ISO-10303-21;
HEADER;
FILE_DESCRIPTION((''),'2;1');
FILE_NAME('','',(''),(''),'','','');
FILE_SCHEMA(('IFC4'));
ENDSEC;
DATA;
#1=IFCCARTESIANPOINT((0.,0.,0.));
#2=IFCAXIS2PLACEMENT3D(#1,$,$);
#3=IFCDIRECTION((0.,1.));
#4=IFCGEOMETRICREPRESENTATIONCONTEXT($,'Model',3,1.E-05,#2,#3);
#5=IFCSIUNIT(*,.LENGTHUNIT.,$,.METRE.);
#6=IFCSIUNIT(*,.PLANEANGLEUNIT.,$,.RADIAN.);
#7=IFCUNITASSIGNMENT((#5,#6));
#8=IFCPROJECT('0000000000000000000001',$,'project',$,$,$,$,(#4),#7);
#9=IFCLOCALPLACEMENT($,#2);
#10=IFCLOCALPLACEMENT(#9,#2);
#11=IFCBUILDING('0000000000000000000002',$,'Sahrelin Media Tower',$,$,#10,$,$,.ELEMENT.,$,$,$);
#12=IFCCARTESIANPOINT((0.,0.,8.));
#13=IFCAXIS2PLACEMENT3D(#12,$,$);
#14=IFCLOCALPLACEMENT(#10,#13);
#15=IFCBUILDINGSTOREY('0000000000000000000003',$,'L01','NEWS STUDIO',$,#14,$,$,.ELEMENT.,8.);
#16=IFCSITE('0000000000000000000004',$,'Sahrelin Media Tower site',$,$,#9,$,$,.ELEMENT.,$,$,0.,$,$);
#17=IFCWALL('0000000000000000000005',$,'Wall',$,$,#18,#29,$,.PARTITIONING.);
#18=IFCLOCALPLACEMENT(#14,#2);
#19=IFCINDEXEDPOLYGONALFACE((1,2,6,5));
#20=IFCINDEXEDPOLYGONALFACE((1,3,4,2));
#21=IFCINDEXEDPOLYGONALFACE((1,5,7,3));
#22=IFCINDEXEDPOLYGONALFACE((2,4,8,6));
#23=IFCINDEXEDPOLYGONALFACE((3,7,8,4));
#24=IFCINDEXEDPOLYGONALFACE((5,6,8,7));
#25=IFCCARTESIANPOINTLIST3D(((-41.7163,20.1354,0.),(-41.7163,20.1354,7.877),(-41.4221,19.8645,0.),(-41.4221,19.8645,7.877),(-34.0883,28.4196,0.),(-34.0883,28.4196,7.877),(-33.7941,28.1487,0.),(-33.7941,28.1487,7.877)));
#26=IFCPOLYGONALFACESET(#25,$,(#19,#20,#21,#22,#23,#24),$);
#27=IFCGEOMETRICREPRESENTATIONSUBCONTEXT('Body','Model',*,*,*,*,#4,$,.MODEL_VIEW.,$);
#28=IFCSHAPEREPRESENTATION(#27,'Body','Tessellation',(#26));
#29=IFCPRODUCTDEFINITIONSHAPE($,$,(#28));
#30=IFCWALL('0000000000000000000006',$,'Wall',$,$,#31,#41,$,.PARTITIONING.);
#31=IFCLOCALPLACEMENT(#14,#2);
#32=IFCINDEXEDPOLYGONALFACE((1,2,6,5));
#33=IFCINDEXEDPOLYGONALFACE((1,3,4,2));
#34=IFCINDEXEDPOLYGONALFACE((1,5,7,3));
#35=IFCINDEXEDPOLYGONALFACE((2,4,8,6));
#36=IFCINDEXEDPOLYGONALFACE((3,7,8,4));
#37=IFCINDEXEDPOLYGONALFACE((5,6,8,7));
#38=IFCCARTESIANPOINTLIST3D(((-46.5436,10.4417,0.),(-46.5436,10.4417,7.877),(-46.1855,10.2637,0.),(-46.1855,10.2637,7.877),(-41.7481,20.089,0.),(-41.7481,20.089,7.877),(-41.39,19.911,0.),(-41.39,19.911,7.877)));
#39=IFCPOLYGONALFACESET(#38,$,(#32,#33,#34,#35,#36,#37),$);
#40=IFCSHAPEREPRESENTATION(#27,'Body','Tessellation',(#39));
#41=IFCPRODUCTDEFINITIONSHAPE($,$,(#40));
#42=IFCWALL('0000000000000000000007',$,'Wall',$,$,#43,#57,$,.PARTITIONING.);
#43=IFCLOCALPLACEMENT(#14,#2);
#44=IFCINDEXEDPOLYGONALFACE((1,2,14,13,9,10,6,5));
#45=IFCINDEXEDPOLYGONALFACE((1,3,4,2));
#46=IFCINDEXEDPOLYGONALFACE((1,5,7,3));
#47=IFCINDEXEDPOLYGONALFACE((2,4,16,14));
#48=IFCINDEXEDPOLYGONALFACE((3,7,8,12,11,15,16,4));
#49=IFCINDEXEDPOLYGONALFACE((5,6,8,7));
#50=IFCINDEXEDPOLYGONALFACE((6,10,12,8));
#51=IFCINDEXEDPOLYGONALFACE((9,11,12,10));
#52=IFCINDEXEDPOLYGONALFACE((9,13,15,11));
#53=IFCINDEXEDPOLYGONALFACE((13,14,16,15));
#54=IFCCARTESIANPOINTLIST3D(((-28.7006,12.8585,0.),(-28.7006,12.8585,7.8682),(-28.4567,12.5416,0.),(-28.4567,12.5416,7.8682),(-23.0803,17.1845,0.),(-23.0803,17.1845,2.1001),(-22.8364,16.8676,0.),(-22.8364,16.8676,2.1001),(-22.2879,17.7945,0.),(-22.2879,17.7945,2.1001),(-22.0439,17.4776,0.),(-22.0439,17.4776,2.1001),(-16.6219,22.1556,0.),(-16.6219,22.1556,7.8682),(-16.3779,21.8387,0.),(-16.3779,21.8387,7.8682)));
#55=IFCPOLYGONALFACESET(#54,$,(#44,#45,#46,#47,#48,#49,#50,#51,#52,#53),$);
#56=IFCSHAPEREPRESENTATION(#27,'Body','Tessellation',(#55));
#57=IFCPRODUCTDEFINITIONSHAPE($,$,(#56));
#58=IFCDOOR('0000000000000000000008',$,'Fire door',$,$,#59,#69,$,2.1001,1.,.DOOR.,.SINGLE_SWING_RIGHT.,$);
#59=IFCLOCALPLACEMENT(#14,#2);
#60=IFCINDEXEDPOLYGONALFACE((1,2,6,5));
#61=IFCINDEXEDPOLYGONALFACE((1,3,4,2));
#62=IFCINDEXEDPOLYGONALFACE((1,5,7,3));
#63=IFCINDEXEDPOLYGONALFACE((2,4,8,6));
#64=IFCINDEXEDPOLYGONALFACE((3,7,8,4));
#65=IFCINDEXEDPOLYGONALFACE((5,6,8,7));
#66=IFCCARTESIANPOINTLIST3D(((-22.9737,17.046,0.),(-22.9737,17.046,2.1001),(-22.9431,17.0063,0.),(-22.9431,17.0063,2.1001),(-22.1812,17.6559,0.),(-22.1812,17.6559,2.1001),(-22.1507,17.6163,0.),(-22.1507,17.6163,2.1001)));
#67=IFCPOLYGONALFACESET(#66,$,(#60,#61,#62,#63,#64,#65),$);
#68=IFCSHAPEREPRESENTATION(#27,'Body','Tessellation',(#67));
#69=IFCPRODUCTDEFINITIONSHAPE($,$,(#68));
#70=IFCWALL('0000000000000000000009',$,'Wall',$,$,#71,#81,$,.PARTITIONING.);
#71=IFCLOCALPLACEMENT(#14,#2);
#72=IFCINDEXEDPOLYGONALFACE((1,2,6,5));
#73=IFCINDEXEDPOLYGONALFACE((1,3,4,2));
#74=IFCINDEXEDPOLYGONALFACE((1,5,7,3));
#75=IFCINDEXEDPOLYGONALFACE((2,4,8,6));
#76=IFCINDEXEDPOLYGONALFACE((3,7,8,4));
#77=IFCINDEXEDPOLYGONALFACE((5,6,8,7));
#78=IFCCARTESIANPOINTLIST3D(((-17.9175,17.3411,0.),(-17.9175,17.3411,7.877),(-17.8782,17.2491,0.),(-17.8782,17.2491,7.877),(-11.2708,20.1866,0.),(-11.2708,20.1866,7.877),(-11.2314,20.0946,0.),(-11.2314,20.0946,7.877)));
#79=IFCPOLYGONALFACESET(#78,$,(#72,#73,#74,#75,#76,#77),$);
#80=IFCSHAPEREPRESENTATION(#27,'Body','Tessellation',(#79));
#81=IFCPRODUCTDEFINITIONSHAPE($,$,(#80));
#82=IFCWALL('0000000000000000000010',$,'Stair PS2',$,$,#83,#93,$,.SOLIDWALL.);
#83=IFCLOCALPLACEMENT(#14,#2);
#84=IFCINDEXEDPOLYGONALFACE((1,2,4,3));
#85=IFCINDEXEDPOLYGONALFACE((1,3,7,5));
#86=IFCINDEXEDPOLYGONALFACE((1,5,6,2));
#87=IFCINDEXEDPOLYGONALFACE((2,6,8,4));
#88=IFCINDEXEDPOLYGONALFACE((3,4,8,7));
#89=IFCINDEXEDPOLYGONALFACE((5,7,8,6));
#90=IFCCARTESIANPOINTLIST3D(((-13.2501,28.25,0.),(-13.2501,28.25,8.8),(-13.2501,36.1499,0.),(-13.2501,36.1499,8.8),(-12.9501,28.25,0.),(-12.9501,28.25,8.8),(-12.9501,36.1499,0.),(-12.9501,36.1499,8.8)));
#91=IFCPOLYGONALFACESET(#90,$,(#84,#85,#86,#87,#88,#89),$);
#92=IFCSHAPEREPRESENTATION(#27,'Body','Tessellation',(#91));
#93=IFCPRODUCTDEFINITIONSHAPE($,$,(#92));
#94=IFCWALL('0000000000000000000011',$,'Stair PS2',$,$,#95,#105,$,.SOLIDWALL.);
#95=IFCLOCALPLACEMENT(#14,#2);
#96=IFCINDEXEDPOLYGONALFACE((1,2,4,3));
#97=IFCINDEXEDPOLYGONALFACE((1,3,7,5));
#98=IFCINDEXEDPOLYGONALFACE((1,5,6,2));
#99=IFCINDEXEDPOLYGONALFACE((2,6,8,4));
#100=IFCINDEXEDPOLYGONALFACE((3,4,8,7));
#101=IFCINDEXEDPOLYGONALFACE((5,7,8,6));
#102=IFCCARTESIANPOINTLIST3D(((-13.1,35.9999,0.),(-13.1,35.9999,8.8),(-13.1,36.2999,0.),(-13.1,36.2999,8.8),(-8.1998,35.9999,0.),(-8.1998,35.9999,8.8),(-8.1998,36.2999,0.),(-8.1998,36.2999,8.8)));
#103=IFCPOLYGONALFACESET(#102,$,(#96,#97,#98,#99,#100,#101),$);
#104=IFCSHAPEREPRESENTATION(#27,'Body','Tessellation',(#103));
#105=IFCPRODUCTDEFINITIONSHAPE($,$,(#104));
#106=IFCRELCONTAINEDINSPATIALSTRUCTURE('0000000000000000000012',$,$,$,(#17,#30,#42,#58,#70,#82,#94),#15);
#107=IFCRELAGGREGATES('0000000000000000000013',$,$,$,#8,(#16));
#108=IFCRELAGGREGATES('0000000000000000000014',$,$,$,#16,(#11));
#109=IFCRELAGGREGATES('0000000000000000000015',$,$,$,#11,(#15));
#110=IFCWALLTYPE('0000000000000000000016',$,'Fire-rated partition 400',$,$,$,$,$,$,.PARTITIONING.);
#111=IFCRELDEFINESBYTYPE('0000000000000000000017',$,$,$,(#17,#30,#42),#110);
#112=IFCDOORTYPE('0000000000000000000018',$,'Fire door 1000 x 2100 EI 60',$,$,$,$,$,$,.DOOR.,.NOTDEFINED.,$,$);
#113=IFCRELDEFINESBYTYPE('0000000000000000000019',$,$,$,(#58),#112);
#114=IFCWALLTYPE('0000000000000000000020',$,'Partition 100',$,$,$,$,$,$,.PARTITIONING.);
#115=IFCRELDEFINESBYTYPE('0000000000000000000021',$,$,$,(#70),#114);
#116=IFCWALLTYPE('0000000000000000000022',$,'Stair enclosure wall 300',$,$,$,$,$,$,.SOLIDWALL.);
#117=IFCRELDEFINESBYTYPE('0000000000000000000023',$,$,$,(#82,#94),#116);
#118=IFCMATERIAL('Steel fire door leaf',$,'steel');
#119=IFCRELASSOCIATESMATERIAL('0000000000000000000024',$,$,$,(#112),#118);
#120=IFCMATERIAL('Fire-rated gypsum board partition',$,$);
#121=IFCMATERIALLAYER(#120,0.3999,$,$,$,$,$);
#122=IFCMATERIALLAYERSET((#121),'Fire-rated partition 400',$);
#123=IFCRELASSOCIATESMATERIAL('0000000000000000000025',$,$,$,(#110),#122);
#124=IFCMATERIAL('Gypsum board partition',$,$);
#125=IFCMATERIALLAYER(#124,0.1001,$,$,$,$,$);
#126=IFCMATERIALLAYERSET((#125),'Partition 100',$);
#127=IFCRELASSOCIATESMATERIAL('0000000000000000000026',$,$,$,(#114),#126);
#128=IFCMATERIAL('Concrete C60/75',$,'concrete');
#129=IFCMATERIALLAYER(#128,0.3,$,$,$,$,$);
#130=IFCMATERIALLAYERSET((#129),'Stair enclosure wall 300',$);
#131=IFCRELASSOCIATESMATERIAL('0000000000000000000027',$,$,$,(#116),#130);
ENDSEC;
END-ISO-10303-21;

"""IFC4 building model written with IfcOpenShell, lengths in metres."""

from ifc_helpers import new_model, si_unit, direction, frame, frame_2d, origin, place, context, subcontext, project, spatial, rectangle, extrude, material, layer, layer_set, type_object, element, fill, save


model = new_model("IFC4")

# Units and contexts
model_context = context("Model", 3, precision=1e-05, world=origin(), true_north=direction((0.0, 1.0)))
body_context = subcontext(model_context, "Body", "Model", "MODEL_VIEW")
ifc_project = project(units=[si_unit("LENGTHUNIT", "METRE"), si_unit("PLANEANGLEUNIT", "RADIAN")], contexts=[model_context])

# Site, building, storey
site_placement = place(None, origin())
site = spatial("IfcSite", under=ifc_project, at=site_placement, Name="Sahrelin Media Tower site", CompositionType="ELEMENT", RefElevation=0.0)
building_placement = place(site_placement, origin())
building = spatial("IfcBuilding", under=site, at=building_placement, Name="Sahrelin Media Tower", CompositionType="ELEMENT")
storey_placement = place(building_placement, frame((0.0, 0.0, 8.0)))
storey = spatial("IfcBuildingStorey", under=building, at=storey_placement, Name="L01", Description="NEWS STUDIO", CompositionType="ELEMENT", Elevation=8.0)

# Shared definitions
ifc_material_1 = material(Name="Fire-rated gypsum board partition")
ifc_material_2 = material(Name="Steel fire door leaf", Category="steel")
door_type = type_object("IfcDoorType", Name="Fire door 1000 x 2100 EI 60", OperationType="NOTDEFINED", PredefinedType="DOOR", material=ifc_material_2)

# Walls
ifc_layer_1 = layer(ifc_material_1, 0.3999)
ifc_layer_set_1 = layer_set([ifc_layer_1], Name="Fire-rated partition 400")
wall_type_1 = type_object("IfcWallType", Name="Fire-rated partition 400", PredefinedType="PARTITIONING", material=ifc_layer_set_1)
wall_1_placement = place(storey_placement, frame((-33.9412, 28.2842, 0.0), z_axis=(0.0, 0.0, 1.0), x_axis=(-0.677368, -0.735644, 0.0)))
element("IfcWall", 1, at=wall_1_placement, inside=storey, type_object=wall_type_1, Name="Wall", PredefinedType="PARTITIONING", context=body_context, shape_type="SweptSolid", body=[
    extrude(rectangle(XDim=11.2612, YDim=0.3999, at=frame_2d((5.6306, 0.0))), origin(), (0.0, 0.0, 1.0), 7.877),
])
wall_2_placement = place(storey_placement, frame((-41.5691, 20.0, 0.0), z_axis=(0.0, 0.0, 1.0), x_axis=(-0.445118, -0.895472, 0.0)))
element("IfcWall", 2, at=wall_2_placement, inside=storey, type_object=wall_type_1, Name="Wall", PredefinedType="PARTITIONING", context=body_context, shape_type="SweptSolid", body=[
    extrude(rectangle(XDim=10.7734, YDim=0.3999, at=frame_2d((5.3867, 0.0))), origin(), (0.0, 0.0, 1.0), 7.877),
])

# Wall, opening, door
wall_3_placement = place(storey_placement, frame((-16.5, 21.9971, 0.0), z_axis=(0.0, 0.0, 1.0), x_axis=(-0.792444, -0.609945, 0.0)))
wall_3 = element("IfcWall", 3, at=wall_3_placement, inside=storey, type_object=wall_type_1, Name="Wall", PredefinedType="PARTITIONING", context=body_context, shape_type="SweptSolid", body=[
    extrude(rectangle(XDim=15.2424, YDim=0.3999, at=frame_2d((7.6211, 0.0))), origin(), (0.0, 0.0, 1.0), 7.8682),
])
opening_1_placement = place(wall_3_placement, frame((7.1499, 0.0, 0.0)))
opening_1 = element("IfcOpeningElement", 4, at=opening_1_placement, cuts=wall_3, PredefinedType="OPENING", context=body_context, shape_type="SweptSolid", body=[
    extrude(rectangle(XDim=1.0, YDim=2.1001, at=frame_2d((0.5, 1.05))), frame((0.0, 0.2, 0.0), z_axis=(0.0, -1.0, 0.0), x_axis=(1.0, 0.0, 0.0)), (0.0, 0.0, 1.0), 0.3999),
])
door_1_placement = place(opening_1_placement, origin())
door_1 = element("IfcDoor", 5, at=door_1_placement, inside=storey, type_object=door_type, Name="Fire door", OperationType="SINGLE_SWING_RIGHT", OverallHeight=2.1001, OverallWidth=1.0, PredefinedType="DOOR", context=body_context, shape_type="SweptSolid", body=[
    extrude(rectangle(XDim=1.0, YDim=2.1001, at=frame_2d((0.5, 1.05))), frame((0.0, 0.0249, 0.0), z_axis=(0.0, -1.0, 0.0), x_axis=(1.0, 0.0, 0.0)), (0.0, 0.0, 1.0), 0.05),
])
fill(opening_1, door_1)

# Walls
ifc_material_3 = material(Name="Gypsum board partition")
ifc_layer_2 = layer(ifc_material_3, 0.1001)
ifc_layer_set_2 = layer_set([ifc_layer_2], Name="Partition 100")
wall_type_2 = type_object("IfcWallType", Name="Partition 100", PredefinedType="PARTITIONING", material=ifc_layer_set_2)
wall_4_placement = place(storey_placement, frame((-11.251, 20.1406, 0.0), z_axis=(0.0, 0.0, 1.0), x_axis=(-0.919302, -0.393552, 0.0)))
element("IfcWall", 6, at=wall_4_placement, inside=storey, type_object=wall_type_2, Name="Wall", PredefinedType="PARTITIONING", context=body_context, shape_type="SweptSolid", body=[
    extrude(rectangle(XDim=7.2302, YDim=0.1001, at=frame_2d((3.6152, 0.0))), origin(), (0.0, 0.0, 1.0), 7.877),
])
ifc_material_4 = material(Name="Concrete C60/75", Category="concrete")
ifc_layer_3 = layer(ifc_material_4, 0.3)
ifc_layer_set_3 = layer_set([ifc_layer_3], Name="Stair enclosure wall 300")
wall_type_3 = type_object("IfcWallType", Name="Stair enclosure wall 300", PredefinedType="SOLIDWALL", material=ifc_layer_set_3)
wall_5_placement = place(storey_placement, frame((-13.1001, 28.25, 0.0), z_axis=(0.0, 0.0, 1.0), x_axis=(0.0, 1.0, 0.0)))
element("IfcWall", 7, at=wall_5_placement, inside=storey, type_object=wall_type_3, Name="Stair PS2", PredefinedType="SOLIDWALL", context=body_context, shape_type="SweptSolid", body=[
    extrude(rectangle(XDim=7.8999, YDim=0.3, at=frame_2d((3.95, 0.0))), origin(), (0.0, 0.0, 1.0), 8.8),
])
wall_6_placement = place(storey_placement, frame((-13.1001, 36.1499, 0.0), z_axis=(0.0, 0.0, 1.0), x_axis=(1.0, 0.0, 0.0)))
element("IfcWall", 8, at=wall_6_placement, inside=storey, type_object=wall_type_3, Name="Stair PS2", PredefinedType="SOLIDWALL", context=body_context, shape_type="SweptSolid", body=[
    extrude(rectangle(XDim=4.9001, YDim=0.3, at=frame_2d((2.4502, 0.0))), origin(), (0.0, 0.0, 1.0), 8.8),
])

save(model, "model.ifc")
